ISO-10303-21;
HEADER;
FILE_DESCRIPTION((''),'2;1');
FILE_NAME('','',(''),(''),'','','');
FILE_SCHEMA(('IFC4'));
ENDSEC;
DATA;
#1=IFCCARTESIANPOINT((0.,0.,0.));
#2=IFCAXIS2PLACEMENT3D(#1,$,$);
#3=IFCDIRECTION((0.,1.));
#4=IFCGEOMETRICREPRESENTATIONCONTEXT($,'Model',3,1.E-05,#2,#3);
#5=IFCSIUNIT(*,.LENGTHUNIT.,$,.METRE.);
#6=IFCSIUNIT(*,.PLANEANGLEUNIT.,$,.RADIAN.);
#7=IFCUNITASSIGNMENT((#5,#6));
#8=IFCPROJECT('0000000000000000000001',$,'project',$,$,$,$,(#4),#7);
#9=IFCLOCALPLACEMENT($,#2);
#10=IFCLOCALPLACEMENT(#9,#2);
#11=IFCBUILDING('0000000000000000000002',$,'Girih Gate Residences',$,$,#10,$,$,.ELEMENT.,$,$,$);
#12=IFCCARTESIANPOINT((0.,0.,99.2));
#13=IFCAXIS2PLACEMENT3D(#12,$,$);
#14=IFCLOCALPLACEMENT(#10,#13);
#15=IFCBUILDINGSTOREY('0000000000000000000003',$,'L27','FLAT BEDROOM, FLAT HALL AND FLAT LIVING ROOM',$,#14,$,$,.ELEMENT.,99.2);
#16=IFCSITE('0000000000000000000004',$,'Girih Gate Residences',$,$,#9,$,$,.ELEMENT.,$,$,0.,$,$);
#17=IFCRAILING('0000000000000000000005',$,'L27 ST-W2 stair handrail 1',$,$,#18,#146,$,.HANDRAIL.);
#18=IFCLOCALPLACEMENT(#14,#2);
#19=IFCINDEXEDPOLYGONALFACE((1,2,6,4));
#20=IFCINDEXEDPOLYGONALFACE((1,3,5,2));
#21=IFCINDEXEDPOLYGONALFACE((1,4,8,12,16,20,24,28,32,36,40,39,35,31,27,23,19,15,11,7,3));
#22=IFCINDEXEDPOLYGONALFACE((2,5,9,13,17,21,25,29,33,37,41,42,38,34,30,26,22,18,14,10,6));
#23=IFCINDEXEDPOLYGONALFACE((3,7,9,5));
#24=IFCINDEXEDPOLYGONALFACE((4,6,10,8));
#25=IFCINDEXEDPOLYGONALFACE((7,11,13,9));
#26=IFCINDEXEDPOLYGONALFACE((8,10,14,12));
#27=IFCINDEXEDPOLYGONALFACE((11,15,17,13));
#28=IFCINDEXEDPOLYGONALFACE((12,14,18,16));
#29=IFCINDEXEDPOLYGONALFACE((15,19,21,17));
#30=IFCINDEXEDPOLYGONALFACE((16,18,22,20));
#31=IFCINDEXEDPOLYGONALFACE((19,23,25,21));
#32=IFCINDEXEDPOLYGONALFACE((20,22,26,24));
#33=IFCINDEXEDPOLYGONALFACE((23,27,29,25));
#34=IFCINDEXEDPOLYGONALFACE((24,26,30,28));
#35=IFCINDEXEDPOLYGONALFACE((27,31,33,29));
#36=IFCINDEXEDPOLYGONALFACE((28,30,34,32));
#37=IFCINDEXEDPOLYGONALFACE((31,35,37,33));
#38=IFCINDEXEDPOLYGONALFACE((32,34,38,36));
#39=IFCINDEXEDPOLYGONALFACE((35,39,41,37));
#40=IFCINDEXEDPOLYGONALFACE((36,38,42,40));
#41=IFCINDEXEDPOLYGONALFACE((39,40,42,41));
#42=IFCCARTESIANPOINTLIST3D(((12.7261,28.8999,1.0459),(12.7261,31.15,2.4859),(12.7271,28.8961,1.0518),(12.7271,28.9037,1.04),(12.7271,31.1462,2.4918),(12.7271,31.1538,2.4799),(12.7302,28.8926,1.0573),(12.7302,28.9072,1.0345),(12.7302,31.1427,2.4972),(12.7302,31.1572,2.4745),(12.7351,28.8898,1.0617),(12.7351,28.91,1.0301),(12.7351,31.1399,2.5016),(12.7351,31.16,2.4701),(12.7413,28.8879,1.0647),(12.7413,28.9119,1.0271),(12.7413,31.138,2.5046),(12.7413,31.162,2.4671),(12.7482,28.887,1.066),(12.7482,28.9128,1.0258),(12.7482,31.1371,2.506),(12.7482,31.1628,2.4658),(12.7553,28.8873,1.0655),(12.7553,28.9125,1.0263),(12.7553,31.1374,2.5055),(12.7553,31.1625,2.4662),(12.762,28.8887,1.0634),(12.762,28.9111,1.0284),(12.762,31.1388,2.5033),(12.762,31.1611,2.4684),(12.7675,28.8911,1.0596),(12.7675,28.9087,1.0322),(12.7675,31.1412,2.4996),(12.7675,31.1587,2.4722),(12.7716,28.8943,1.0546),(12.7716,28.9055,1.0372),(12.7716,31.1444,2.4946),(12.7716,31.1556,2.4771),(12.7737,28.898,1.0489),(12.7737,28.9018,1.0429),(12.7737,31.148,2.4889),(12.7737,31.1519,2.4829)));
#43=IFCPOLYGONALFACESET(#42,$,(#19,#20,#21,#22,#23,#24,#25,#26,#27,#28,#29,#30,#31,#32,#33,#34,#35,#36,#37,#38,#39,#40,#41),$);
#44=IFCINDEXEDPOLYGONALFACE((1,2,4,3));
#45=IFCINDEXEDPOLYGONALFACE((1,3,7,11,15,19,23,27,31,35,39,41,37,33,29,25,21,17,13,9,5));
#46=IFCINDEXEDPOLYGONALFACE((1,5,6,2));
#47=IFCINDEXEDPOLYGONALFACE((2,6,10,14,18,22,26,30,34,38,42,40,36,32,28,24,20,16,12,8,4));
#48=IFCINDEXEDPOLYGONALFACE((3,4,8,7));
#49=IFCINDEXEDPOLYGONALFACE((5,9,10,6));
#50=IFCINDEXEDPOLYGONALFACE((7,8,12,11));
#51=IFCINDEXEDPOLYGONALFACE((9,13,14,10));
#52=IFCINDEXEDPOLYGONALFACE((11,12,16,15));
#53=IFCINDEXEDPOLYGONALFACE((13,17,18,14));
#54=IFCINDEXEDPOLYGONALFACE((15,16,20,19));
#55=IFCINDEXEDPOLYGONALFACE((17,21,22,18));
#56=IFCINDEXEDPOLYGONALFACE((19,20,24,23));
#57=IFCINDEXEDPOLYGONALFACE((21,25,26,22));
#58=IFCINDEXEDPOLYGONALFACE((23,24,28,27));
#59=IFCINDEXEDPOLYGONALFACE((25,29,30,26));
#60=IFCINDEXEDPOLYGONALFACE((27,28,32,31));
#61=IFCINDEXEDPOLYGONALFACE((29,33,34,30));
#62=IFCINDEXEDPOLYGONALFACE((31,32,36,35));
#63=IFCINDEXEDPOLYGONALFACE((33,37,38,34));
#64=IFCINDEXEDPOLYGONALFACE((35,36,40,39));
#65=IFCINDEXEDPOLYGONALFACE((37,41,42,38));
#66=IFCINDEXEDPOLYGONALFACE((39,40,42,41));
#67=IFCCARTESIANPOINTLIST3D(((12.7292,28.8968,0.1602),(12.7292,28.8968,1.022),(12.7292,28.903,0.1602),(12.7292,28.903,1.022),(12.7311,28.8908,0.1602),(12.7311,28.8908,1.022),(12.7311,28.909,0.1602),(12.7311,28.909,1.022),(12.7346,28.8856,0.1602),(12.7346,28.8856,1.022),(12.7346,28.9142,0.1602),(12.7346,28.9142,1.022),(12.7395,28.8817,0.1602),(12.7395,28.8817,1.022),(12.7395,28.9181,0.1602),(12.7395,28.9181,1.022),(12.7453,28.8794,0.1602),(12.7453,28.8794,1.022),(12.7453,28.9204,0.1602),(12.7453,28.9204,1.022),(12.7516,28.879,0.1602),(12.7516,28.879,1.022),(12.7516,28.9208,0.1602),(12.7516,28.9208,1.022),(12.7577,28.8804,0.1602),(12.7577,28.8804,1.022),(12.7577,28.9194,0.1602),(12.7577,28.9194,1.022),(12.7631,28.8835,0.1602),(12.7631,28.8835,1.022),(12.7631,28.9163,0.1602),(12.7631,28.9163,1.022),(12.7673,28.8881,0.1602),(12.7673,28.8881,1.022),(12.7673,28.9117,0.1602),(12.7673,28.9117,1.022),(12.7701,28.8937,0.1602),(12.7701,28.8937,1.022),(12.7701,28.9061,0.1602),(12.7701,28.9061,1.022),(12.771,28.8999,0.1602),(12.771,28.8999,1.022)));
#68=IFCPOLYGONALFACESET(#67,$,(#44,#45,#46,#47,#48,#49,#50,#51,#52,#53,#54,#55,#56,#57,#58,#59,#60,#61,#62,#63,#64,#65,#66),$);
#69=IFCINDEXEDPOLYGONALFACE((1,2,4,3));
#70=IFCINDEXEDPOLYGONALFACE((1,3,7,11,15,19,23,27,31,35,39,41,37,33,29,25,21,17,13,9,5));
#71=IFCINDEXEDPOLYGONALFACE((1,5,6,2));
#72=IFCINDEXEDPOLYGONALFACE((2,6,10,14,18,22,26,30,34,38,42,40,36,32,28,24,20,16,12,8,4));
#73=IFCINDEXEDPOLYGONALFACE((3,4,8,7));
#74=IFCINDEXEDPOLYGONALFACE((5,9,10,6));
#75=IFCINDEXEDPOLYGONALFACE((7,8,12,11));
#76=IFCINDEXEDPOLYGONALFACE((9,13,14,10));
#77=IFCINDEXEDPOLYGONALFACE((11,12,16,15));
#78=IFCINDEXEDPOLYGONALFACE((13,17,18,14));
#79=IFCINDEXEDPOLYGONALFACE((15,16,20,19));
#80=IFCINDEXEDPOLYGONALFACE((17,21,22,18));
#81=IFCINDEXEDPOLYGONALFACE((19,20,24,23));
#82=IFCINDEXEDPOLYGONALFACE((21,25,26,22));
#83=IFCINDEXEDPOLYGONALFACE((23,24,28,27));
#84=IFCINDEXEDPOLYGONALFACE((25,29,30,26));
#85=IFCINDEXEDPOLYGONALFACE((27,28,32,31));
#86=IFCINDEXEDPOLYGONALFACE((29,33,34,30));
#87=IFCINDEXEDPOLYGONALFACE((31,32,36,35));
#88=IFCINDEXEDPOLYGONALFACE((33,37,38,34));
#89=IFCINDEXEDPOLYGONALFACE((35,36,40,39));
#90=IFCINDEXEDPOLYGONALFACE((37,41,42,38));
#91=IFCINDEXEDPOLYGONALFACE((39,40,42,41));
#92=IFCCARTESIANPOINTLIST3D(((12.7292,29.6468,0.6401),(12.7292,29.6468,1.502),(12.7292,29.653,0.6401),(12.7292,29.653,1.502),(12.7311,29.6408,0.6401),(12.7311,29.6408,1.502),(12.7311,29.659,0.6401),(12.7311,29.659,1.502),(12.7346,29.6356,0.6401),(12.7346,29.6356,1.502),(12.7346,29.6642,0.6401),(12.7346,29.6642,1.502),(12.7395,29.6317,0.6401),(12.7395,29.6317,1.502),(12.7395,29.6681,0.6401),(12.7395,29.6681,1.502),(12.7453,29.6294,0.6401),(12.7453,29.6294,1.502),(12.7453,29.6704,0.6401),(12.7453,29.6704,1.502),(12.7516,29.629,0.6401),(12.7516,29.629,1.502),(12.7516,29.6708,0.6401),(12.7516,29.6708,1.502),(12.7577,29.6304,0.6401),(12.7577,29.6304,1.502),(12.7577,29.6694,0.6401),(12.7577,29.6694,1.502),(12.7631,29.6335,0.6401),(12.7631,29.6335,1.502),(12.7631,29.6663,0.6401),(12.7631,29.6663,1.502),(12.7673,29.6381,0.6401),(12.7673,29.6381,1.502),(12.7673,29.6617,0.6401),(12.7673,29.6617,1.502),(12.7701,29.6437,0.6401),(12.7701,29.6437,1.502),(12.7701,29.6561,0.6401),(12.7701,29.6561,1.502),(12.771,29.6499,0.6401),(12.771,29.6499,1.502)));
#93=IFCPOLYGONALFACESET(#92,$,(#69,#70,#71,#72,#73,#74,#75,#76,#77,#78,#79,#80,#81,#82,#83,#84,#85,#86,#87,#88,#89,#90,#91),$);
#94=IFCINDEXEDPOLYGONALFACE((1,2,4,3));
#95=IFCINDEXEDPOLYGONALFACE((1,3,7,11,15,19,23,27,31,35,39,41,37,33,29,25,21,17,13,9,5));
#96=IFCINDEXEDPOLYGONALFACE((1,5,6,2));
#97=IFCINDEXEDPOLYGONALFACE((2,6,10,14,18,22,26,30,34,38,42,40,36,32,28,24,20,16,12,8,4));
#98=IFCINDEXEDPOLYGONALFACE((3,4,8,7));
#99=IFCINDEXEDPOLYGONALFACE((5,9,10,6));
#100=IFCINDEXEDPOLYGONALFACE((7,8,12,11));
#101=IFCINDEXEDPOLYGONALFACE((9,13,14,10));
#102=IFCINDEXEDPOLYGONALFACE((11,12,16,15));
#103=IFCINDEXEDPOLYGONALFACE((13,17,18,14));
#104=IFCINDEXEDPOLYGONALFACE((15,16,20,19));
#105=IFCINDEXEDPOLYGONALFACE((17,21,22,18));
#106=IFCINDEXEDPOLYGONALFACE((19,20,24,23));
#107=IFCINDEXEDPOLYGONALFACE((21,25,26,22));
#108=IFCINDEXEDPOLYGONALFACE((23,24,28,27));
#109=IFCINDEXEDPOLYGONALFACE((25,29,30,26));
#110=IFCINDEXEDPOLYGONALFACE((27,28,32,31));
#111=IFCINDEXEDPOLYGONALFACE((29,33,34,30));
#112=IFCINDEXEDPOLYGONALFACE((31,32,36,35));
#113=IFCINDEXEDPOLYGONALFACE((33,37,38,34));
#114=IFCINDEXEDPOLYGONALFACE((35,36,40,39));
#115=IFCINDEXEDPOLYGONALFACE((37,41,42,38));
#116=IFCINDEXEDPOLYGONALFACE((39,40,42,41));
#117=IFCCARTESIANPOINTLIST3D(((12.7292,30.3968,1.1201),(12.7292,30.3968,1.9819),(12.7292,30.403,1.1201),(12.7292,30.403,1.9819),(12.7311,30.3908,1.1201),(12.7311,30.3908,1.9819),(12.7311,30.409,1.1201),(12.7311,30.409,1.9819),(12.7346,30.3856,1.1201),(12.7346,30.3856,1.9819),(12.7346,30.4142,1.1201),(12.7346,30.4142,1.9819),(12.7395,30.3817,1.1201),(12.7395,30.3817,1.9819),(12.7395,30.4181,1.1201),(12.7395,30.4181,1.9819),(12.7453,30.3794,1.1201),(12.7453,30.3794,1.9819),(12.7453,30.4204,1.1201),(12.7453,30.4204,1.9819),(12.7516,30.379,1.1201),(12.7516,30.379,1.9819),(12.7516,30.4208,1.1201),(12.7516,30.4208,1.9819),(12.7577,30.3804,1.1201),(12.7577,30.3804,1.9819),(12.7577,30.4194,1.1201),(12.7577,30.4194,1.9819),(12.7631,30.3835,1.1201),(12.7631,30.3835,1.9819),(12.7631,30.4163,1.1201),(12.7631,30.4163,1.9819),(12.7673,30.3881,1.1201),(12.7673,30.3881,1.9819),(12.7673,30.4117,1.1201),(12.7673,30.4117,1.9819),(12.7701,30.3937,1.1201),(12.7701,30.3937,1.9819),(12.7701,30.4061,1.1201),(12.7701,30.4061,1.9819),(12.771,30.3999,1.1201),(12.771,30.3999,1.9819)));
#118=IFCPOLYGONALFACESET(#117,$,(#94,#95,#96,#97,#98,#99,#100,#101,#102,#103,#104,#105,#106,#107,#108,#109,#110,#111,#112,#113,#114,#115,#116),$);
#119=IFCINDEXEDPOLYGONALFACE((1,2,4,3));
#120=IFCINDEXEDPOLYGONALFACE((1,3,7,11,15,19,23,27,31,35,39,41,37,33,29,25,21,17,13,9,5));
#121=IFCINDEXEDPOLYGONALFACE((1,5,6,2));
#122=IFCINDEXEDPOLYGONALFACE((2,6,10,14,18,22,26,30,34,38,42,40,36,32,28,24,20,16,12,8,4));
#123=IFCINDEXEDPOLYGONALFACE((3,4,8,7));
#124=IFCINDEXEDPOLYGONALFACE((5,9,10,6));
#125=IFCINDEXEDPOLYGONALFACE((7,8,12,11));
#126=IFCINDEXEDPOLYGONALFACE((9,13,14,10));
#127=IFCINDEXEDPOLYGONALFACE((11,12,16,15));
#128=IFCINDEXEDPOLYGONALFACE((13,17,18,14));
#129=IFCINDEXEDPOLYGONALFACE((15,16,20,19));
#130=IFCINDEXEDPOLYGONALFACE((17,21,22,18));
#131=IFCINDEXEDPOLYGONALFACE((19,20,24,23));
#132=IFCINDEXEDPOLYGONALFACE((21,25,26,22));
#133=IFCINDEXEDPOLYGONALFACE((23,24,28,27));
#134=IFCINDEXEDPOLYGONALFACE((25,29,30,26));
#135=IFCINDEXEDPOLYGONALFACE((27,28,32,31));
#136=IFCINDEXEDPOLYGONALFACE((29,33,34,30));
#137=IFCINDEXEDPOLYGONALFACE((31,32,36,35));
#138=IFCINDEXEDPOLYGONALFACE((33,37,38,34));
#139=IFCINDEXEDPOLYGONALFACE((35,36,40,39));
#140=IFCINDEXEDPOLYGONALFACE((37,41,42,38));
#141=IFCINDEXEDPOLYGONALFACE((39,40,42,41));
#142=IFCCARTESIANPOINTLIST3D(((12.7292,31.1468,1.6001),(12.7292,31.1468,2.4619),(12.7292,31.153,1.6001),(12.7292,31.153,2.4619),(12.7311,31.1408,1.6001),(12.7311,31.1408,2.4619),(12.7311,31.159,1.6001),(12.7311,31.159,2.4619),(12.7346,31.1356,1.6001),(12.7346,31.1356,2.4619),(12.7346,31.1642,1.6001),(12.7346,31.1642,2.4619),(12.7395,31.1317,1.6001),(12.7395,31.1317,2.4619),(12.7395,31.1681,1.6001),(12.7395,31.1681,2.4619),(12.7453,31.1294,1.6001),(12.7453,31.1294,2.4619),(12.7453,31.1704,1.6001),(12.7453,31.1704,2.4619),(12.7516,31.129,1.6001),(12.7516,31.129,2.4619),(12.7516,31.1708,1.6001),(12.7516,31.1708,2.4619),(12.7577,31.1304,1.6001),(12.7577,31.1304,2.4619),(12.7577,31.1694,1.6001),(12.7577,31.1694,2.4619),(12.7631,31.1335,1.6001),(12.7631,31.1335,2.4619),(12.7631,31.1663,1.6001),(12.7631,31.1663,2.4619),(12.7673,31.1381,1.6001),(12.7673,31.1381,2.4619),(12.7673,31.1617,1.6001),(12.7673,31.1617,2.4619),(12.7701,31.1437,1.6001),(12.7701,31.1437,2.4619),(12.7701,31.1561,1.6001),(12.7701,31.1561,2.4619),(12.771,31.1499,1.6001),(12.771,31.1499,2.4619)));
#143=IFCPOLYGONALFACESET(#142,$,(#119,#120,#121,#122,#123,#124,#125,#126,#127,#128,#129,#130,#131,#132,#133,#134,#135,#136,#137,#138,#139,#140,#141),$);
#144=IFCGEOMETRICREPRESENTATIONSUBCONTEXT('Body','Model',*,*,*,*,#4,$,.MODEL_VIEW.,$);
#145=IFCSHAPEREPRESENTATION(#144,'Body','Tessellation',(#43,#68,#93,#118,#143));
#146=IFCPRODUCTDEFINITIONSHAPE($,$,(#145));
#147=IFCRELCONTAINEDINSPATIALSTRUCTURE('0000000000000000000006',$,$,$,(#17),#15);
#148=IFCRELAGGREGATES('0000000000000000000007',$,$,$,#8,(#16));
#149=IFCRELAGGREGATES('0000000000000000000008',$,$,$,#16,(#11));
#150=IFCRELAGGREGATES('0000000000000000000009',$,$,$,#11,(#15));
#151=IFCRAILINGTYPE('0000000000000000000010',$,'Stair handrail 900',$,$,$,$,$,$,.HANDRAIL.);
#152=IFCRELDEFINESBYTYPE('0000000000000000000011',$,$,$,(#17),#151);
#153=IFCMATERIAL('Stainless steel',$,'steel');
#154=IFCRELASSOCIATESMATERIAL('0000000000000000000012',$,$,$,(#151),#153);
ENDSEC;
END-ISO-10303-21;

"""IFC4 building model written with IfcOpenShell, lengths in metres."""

from ifc_helpers import new_model, si_unit, direction, frame, origin, origin_2d, place, context, subcontext, project, spatial, circle, extrude, material, type_object, element, save


model = new_model("IFC4")

# Units and contexts
model_context = context("Model", 3, precision=1e-05, world=origin(), true_north=direction((0.0, 1.0)))
body_context = subcontext(model_context, "Body", "Model", "MODEL_VIEW")
ifc_project = project(units=[si_unit("LENGTHUNIT", "METRE"), si_unit("PLANEANGLEUNIT", "RADIAN")], contexts=[model_context])

# Site, building, storey
site_placement = place(None, origin())
site = spatial("IfcSite", under=ifc_project, at=site_placement, Name="Girih Gate Residences", CompositionType="ELEMENT", RefElevation=0.0)
building_placement = place(site_placement, origin())
building = spatial("IfcBuilding", under=site, at=building_placement, Name="Girih Gate Residences", CompositionType="ELEMENT")
storey_placement = place(building_placement, frame((0.0, 0.0, 99.2)))
storey = spatial("IfcBuildingStorey", under=building, at=storey_placement, Name="L27", Description="FLAT BEDROOM, FLAT HALL AND FLAT LIVING ROOM", CompositionType="ELEMENT", Elevation=99.2)

# Railing
ifc_material_1 = material(Name="Stainless steel", Category="steel")
railing_type_1 = type_object("IfcRailingType", Name="Stair handrail 900", PredefinedType="HANDRAIL", material=ifc_material_1)
railing_1_placement = place(storey_placement, frame((12.75, 28.8999, 0.1602)))
element("IfcRailing", 1, at=railing_1_placement, inside=storey, type_object=railing_type_1, Name="L27 ST-W2 stair handrail 1", PredefinedType="HANDRAIL", context=body_context, shape_type="SweptSolid", body=[
    extrude(circle(Radius=0.0239, at=origin_2d()), frame((0.0, 0.0, 0.8857), z_axis=(0.0, 0.842281, 0.539038), x_axis=(-1.0, 0.0, 0.0)), (0.0, 0.0, 1.0), 2.6714),
    extrude(circle(Radius=0.021, at=origin_2d()), origin(), (0.0, 0.0, 1.0), 0.8618),
    extrude(circle(Radius=0.021, at=origin_2d()), frame((0.0, 0.75, 0.48)), (0.0, 0.0, 1.0), 0.8618),
    extrude(circle(Radius=0.021, at=origin_2d()), frame((0.0, 1.5, 0.96)), (0.0, 0.0, 1.0), 0.8618),
    extrude(circle(Radius=0.021, at=origin_2d()), frame((0.0, 2.25, 1.4399)), (0.0, 0.0, 1.0), 0.8618),
])

save(model, "model.ifc")
